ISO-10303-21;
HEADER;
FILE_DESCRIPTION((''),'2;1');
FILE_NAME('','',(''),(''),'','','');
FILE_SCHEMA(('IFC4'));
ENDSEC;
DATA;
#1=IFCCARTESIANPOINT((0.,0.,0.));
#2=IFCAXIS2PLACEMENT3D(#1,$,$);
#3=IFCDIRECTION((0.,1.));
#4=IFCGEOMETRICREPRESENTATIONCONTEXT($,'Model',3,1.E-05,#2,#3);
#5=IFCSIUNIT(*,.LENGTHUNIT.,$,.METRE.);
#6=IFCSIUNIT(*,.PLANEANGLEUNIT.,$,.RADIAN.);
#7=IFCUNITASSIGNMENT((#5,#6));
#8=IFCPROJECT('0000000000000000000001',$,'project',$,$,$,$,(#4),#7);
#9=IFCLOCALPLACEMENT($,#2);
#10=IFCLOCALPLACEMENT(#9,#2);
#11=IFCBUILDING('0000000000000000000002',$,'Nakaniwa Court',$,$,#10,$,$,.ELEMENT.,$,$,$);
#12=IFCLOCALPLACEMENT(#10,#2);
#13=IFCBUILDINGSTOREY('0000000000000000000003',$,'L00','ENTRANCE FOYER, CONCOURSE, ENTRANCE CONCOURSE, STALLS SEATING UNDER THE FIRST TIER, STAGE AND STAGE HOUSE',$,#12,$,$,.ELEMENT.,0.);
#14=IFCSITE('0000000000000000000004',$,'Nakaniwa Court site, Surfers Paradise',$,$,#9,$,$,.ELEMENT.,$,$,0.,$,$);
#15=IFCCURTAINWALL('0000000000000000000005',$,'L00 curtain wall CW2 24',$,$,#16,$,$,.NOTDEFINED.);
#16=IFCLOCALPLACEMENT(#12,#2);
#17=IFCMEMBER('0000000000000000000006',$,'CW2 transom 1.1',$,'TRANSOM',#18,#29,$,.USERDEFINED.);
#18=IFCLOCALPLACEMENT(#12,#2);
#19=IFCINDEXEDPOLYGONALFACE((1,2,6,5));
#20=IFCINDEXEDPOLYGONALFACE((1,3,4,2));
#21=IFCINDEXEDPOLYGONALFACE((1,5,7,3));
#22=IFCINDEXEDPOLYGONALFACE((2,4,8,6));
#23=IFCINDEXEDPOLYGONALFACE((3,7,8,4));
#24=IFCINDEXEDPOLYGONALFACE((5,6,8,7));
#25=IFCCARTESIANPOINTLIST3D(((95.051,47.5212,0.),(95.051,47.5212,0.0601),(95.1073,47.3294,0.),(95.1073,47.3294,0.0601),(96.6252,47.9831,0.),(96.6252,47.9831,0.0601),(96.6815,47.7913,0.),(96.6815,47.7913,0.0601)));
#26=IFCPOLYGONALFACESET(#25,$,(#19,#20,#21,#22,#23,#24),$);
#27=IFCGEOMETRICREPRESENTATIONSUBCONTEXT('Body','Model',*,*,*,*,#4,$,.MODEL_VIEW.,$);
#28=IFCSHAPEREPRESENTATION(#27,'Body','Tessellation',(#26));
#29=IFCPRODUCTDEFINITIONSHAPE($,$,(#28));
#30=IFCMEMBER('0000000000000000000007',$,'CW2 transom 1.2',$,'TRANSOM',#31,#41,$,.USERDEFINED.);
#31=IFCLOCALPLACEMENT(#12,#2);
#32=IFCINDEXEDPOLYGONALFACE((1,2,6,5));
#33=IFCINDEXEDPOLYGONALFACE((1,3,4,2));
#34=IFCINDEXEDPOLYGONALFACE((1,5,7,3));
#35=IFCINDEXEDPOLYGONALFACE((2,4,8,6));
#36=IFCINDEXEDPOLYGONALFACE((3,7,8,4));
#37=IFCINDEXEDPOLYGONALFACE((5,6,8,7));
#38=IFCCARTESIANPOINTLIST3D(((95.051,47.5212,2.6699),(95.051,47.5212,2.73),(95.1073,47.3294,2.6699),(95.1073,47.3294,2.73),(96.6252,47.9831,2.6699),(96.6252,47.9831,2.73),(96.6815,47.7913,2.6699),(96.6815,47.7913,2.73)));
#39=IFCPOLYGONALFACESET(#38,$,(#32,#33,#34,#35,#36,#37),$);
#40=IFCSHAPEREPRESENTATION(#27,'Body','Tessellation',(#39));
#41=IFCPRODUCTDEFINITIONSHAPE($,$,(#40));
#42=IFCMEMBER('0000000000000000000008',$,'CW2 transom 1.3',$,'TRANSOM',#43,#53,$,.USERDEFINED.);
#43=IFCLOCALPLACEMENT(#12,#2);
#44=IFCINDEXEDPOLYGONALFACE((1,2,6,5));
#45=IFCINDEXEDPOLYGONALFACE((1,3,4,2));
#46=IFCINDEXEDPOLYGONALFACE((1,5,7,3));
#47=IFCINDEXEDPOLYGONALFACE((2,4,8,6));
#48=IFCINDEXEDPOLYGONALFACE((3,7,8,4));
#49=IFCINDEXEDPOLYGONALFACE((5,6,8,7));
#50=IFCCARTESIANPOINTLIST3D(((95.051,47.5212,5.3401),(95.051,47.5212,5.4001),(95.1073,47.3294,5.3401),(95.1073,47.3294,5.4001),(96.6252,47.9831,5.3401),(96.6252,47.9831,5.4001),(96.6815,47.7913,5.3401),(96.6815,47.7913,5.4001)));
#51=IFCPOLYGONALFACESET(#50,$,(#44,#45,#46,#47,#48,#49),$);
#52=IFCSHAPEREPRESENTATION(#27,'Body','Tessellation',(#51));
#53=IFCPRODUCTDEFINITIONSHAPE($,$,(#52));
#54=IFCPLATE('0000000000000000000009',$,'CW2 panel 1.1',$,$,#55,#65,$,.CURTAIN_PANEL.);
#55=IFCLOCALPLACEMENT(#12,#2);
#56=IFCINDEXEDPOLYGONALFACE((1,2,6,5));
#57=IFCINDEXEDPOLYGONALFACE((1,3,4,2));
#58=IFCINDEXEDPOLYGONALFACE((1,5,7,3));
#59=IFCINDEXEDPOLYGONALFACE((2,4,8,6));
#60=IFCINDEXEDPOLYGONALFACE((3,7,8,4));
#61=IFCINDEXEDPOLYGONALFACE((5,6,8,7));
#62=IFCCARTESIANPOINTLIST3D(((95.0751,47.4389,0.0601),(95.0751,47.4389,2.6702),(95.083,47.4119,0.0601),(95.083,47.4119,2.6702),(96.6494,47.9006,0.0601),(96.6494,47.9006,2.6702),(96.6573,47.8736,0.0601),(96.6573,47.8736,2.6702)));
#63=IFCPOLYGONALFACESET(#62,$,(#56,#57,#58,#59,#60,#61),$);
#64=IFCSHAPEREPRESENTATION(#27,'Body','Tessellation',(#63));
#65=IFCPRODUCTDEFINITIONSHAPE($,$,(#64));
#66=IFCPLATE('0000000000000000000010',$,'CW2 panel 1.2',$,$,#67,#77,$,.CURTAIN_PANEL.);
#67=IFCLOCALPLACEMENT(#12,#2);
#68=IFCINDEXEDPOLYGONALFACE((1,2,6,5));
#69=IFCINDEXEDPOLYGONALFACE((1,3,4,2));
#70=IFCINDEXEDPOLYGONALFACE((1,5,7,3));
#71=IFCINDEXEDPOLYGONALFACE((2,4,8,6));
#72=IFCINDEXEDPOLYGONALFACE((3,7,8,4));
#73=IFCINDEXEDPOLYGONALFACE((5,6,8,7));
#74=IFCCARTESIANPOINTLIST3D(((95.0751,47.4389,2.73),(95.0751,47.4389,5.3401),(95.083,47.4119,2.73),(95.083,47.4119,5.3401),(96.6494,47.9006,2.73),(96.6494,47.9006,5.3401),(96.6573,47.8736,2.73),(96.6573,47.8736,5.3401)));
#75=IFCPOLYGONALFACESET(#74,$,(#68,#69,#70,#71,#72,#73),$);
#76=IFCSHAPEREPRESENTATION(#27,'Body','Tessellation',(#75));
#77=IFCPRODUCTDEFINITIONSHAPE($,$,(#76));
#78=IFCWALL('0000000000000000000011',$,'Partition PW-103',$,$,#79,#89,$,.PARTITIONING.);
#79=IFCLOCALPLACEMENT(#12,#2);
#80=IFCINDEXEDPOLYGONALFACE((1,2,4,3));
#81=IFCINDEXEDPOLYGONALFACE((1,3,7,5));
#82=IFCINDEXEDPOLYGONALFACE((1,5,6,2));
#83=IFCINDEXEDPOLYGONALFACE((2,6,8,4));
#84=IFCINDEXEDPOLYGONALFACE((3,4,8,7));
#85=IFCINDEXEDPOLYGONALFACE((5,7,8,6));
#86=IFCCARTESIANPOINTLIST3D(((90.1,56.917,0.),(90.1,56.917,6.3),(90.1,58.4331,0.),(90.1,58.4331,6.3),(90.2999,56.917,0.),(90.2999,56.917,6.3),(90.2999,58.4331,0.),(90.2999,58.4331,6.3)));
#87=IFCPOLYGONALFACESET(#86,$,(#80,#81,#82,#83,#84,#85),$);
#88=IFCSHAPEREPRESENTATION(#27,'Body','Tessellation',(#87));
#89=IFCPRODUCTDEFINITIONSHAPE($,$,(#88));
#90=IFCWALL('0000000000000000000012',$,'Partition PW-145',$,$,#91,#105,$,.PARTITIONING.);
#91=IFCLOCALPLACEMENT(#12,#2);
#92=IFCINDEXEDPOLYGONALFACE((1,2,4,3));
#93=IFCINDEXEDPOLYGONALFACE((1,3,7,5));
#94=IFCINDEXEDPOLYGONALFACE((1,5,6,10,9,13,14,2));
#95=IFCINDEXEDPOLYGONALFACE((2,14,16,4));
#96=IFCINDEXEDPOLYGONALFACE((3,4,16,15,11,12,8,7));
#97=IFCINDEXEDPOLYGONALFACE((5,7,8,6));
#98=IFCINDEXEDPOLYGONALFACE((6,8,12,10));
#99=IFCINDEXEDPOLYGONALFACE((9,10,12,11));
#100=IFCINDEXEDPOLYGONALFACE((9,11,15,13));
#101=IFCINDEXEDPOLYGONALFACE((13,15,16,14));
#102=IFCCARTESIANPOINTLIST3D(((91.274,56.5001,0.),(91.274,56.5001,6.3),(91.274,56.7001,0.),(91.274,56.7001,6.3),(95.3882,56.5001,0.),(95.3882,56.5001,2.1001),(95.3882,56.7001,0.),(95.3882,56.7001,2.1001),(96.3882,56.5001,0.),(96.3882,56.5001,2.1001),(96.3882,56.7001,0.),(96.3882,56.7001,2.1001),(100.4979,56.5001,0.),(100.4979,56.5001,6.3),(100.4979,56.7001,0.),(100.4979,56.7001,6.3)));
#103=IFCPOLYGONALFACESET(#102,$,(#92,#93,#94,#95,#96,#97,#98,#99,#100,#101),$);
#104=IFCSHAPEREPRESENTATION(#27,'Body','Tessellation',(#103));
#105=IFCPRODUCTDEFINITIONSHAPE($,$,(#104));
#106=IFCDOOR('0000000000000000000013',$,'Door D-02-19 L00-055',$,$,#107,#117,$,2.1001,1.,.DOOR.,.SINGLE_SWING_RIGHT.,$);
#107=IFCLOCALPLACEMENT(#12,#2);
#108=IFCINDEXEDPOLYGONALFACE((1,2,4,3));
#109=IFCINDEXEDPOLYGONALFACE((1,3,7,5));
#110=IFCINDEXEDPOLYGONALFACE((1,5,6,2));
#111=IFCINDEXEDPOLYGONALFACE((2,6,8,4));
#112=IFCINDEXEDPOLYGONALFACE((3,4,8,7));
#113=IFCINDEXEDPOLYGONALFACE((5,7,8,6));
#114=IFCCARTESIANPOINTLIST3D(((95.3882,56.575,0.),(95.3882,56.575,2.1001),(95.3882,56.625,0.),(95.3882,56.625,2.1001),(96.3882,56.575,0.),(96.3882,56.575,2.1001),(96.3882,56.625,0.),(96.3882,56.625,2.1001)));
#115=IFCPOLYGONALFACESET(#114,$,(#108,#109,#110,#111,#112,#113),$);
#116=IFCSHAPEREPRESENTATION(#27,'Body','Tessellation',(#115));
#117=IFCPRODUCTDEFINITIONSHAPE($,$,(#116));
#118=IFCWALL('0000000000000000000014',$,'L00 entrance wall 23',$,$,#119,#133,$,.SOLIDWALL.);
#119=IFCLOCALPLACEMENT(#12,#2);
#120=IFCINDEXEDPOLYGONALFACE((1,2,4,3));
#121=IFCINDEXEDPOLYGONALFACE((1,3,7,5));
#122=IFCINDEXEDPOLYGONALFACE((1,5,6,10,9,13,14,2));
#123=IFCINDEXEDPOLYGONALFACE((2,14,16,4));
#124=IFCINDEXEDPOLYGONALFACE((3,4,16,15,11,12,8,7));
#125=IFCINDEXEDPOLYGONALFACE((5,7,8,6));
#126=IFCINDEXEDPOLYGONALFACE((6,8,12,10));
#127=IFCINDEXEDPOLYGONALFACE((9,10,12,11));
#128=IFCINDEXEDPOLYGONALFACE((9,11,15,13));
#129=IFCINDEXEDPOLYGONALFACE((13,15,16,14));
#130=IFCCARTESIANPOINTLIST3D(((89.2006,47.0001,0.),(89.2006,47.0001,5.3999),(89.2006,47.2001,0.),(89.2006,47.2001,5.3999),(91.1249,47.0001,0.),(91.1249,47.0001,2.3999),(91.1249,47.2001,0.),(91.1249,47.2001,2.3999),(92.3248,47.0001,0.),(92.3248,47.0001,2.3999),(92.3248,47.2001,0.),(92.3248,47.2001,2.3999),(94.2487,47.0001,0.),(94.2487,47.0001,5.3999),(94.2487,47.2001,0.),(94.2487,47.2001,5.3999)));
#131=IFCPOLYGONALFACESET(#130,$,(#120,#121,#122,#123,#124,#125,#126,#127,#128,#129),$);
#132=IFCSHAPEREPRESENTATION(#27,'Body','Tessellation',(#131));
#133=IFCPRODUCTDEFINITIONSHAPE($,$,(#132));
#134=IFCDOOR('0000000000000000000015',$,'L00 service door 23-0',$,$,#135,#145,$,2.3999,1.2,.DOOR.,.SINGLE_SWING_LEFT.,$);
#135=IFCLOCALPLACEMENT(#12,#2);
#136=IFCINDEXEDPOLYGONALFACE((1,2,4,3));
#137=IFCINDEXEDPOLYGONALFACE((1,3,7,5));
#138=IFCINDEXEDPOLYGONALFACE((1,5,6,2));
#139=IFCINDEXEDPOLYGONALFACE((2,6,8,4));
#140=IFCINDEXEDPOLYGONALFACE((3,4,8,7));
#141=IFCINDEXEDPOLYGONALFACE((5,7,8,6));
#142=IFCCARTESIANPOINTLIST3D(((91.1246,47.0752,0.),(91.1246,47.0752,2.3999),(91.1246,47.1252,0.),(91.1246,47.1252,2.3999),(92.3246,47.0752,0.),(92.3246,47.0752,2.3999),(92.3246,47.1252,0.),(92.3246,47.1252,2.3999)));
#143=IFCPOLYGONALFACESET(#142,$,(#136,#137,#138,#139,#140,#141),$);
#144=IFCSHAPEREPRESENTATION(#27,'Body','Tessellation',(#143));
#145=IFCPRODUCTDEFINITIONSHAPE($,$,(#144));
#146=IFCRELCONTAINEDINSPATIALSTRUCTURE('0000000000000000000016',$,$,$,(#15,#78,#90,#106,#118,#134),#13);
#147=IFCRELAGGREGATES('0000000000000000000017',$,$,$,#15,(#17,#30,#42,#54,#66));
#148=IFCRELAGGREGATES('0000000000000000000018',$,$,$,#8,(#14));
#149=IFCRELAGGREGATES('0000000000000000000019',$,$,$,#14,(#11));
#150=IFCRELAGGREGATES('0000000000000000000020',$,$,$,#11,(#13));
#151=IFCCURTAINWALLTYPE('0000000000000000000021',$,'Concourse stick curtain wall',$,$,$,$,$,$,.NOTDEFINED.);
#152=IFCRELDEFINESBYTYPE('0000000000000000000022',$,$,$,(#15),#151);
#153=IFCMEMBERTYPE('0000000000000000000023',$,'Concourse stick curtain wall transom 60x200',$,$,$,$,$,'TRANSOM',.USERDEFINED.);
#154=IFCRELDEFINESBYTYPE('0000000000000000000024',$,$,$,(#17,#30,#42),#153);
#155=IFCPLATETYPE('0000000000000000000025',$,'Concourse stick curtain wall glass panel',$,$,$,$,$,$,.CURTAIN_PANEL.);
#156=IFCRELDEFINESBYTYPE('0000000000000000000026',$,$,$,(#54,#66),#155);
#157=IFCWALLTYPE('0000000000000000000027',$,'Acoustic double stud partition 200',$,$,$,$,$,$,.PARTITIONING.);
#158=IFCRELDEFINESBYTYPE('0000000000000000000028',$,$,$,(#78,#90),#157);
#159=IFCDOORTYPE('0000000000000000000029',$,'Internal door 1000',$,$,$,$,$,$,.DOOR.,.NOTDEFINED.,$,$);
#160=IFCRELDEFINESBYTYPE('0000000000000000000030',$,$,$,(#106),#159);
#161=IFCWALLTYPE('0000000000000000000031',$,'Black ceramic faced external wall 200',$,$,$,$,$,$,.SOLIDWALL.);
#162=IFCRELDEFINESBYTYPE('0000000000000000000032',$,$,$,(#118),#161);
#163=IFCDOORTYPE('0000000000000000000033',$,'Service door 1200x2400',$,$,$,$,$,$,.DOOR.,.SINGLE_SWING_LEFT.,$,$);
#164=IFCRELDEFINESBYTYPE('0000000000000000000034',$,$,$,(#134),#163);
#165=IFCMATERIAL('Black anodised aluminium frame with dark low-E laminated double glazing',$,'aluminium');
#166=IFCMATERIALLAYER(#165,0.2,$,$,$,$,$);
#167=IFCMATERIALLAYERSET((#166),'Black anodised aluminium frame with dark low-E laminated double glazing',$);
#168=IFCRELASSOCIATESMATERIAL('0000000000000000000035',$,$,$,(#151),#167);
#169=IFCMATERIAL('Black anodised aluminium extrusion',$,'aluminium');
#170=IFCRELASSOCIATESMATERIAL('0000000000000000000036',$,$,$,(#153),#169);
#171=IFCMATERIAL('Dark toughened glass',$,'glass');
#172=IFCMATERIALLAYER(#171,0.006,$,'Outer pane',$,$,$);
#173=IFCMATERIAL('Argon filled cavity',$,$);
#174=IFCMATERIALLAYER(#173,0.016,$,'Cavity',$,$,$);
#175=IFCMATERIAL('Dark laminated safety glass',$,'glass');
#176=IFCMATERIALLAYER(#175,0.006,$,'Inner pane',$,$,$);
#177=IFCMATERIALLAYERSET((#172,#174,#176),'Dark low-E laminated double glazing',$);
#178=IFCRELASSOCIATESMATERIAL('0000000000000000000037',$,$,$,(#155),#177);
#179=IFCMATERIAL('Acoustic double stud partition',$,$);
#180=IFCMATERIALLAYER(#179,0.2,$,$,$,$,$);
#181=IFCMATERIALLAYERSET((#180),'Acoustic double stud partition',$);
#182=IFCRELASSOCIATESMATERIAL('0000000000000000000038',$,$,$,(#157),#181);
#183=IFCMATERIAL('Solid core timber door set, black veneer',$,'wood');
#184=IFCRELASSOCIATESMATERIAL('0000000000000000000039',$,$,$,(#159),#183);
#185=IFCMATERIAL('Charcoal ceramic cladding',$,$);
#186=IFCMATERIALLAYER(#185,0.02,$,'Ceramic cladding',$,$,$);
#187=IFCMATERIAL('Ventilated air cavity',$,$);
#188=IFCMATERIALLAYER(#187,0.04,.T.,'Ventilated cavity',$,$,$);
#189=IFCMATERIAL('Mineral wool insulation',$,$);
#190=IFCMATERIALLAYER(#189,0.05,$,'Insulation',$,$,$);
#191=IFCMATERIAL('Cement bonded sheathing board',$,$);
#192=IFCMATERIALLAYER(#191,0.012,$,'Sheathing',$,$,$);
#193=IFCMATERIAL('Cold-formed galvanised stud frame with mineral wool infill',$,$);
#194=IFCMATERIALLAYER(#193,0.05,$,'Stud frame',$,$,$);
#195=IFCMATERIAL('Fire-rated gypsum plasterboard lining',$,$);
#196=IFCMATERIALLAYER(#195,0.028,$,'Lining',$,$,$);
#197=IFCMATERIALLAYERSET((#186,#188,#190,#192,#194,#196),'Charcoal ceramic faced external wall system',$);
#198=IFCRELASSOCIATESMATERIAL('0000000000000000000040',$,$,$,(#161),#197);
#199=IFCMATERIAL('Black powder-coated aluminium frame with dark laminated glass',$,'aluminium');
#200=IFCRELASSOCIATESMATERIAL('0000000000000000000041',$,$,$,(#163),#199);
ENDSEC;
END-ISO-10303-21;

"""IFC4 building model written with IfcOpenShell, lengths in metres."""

from ifc_helpers import new_model, si_unit, direction, frame, frame_2d, origin, origin_2d, place, context, subcontext, project, spatial, rectangle, extrude, material, layer, layer_set, material_profile, profile_set, type_object, element, fill, aggregate, save


model = new_model("IFC4")

# Units and contexts
model_context = context("Model", 3, precision=1e-05, world=origin(), true_north=direction((0.0, 1.0)))
body_context = subcontext(model_context, "Body", "Model", "MODEL_VIEW")
ifc_project = project(units=[si_unit("LENGTHUNIT", "METRE"), si_unit("PLANEANGLEUNIT", "RADIAN")], contexts=[model_context])

# Site, building, storey
site_placement = place(None, origin())
site = spatial("IfcSite", under=ifc_project, at=site_placement, Name="Nakaniwa Court site, Surfers Paradise", CompositionType="ELEMENT", RefElevation=0.0)
building_placement = place(site_placement, origin())
building = spatial("IfcBuilding", under=site, at=building_placement, Name="Nakaniwa Court", CompositionType="ELEMENT")
storey_placement = place(building_placement, origin())
storey = spatial("IfcBuildingStorey", under=building, at=storey_placement, Name="L00", Description="ENTRANCE FOYER, CONCOURSE, ENTRANCE CONCOURSE, STALLS SEATING UNDER THE FIRST TIER, STAGE AND STAGE HOUSE", CompositionType="ELEMENT", Elevation=0.0)

# Shared definitions
ifc_material_1 = material(Name="Black anodised aluminium frame with dark low-E laminated double glazing", Category="aluminium")
ifc_layer_1 = layer(ifc_material_1, 0.2)
ifc_layer_set_1 = layer_set([ifc_layer_1], Name="Black anodised aluminium frame with dark low-E laminated double glazing")
curtain_wall_type = type_object("IfcCurtainWallType", Name="Concourse stick curtain wall", PredefinedType="NOTDEFINED", material=ifc_layer_set_1)
ifc_material_2 = material(Name="Black anodised aluminium extrusion", Category="aluminium")

# Curtain wall, members, plates
curtain_wall_1_placement = place(storey_placement, origin())
curtain_wall_1 = element("IfcCurtainWall", 1, at=curtain_wall_1_placement, inside=storey, type_object=curtain_wall_type, Name="L00 curtain wall CW2 24", PredefinedType="NOTDEFINED")
ifc_material_profile_1 = material_profile(ifc_material_2, rectangle(XDim=0.2, YDim=0.0601, at=origin_2d()), Name="Concourse stick curtain wall transom 60x200")
ifc_profile_set_1 = profile_set([ifc_material_profile_1], Name="Black anodised aluminium extrusion")
member_type_1 = type_object("IfcMemberType", Name="Concourse stick curtain wall transom 60x200", ElementType="TRANSOM", PredefinedType="USERDEFINED", material=ifc_profile_set_1)
member_1_placement = place(storey_placement, frame((95.0791, 47.4253, 0.03), z_axis=(0.959545, 0.281554, 0.0), x_axis=(-0.281554, 0.959545, 0.0)))
member_1 = element("IfcMember", 2, at=member_1_placement, type_object=member_type_1, Name="CW2 transom 1.1", ObjectType="TRANSOM", PredefinedType="USERDEFINED", context=body_context, shape_type="SweptSolid", body=[
    extrude(rectangle(XDim=0.2, YDim=0.0601, at=origin_2d()), origin(), (0.0, 0.0, 1.0), 1.6406),
])
member_2_placement = place(storey_placement, frame((95.0791, 47.4253, 2.7), z_axis=(0.959545, 0.281554, 0.0), x_axis=(-0.281554, 0.959545, 0.0)))
member_2 = element("IfcMember", 3, at=member_2_placement, type_object=member_type_1, Name="CW2 transom 1.2", ObjectType="TRANSOM", PredefinedType="USERDEFINED", context=body_context, shape_type="SweptSolid", body=[
    extrude(rectangle(XDim=0.2, YDim=0.0601, at=origin_2d()), origin(), (0.0, 0.0, 1.0), 1.6406),
])
member_3_placement = place(storey_placement, frame((95.0791, 47.4253, 5.3701), z_axis=(0.959545, 0.281554, 0.0), x_axis=(-0.281554, 0.959545, 0.0)))
member_3 = element("IfcMember", 4, at=member_3_placement, type_object=member_type_1, Name="CW2 transom 1.3", ObjectType="TRANSOM", PredefinedType="USERDEFINED", context=body_context, shape_type="SweptSolid", body=[
    extrude(rectangle(XDim=0.2, YDim=0.0601, at=origin_2d()), origin(), (0.0, 0.0, 1.0), 1.6406),
])
ifc_material_3 = material(Name="Dark toughened glass", Category="glass")
ifc_layer_2 = layer(ifc_material_3, 0.006, Name="Outer pane")
ifc_material_4 = material(Name="Argon filled cavity")
ifc_layer_3 = layer(ifc_material_4, 0.016, Name="Cavity")
ifc_material_5 = material(Name="Dark laminated safety glass", Category="glass")
ifc_layer_4 = layer(ifc_material_5, 0.006, Name="Inner pane")
ifc_layer_set_2 = layer_set([ifc_layer_2, ifc_layer_3, ifc_layer_4], Name="Dark low-E laminated double glazing")
plate_type = type_object("IfcPlateType", Name="Concourse stick curtain wall glass panel", PredefinedType="CURTAIN_PANEL", material=ifc_layer_set_2)
plate_1_placement = place(storey_placement, frame((95.8662, 47.6562, 0.0601), z_axis=(0.0, 0.0, 1.0), x_axis=(0.959578, 0.281442, 0.0)))
plate_1 = element("IfcPlate", 5, at=plate_1_placement, type_object=plate_type, Name="CW2 panel 1.1", PredefinedType="CURTAIN_PANEL", context=body_context, shape_type="SweptSolid", body=[
    extrude(rectangle(XDim=1.6406, YDim=0.0281, at=origin_2d()), origin(), (0.0, 0.0, 1.0), 2.6101),
])
plate_2_placement = place(storey_placement, frame((95.8662, 47.6562, 2.73), z_axis=(0.0, 0.0, 1.0), x_axis=(0.959578, 0.281442, 0.0)))
plate_2 = element("IfcPlate", 6, at=plate_2_placement, type_object=plate_type, Name="CW2 panel 1.2", PredefinedType="CURTAIN_PANEL", context=body_context, shape_type="SweptSolid", body=[
    extrude(rectangle(XDim=1.6406, YDim=0.0281, at=origin_2d()), origin(), (0.0, 0.0, 1.0), 2.6101),
])
aggregate(curtain_wall_1, [member_1, member_2, member_3, plate_1, plate_2])

# Wall
ifc_material_6 = material(Name="Acoustic double stud partition")
ifc_layer_5 = layer(ifc_material_6, 0.2)
ifc_layer_set_3 = layer_set([ifc_layer_5], Name="Acoustic double stud partition")
wall_type_1 = type_object("IfcWallType", Name="Acoustic double stud partition 200", PredefinedType="PARTITIONING", material=ifc_layer_set_3)
wall_1_placement = place(storey_placement, frame((90.2, 56.917, 0.0), z_axis=(0.0, 0.0, 1.0), x_axis=(0.0, 1.0, 0.0)))
element("IfcWall", 7, at=wall_1_placement, inside=storey, type_object=wall_type_1, Name="Partition PW-103", PredefinedType="PARTITIONING", context=body_context, shape_type="SweptSolid", body=[
    extrude(rectangle(XDim=1.5161, YDim=0.2, at=frame_2d((0.7581, 0.0))), origin(), (0.0, 0.0, 1.0), 6.3),
])

# Walls, openings, doors
wall_2_placement = place(storey_placement, frame((91.2742, 56.6001, 0.0), z_axis=(0.0, 0.0, 1.0), x_axis=(1.0, 0.0, 0.0)))
wall_2 = element("IfcWall", 8, at=wall_2_placement, inside=storey, type_object=wall_type_1, Name="Partition PW-145", PredefinedType="PARTITIONING", context=body_context, shape_type="SweptSolid", body=[
    extrude(rectangle(XDim=9.2239, YDim=0.2, at=frame_2d((4.6118, 0.0))), origin(), (0.0, 0.0, 1.0), 6.3),
])
opening_1_placement = place(wall_2_placement, frame((4.114, 0.0, 0.0)))
opening_1 = element("IfcOpeningElement", 9, at=opening_1_placement, cuts=wall_2, PredefinedType="OPENING", context=body_context, shape_type="SweptSolid", body=[
    extrude(rectangle(XDim=1.0, YDim=2.1001, at=frame_2d((0.5, 1.05))), frame((0.0, 0.1099, 0.0), z_axis=(0.0, -1.0, 0.0), x_axis=(1.0, 0.0, 0.0)), (0.0, 0.0, 1.0), 0.22),
])
ifc_material_7 = material(Name="Solid core timber door set, black veneer", Category="wood")
door_type_1 = type_object("IfcDoorType", Name="Internal door 1000", OperationType="NOTDEFINED", PredefinedType="DOOR", material=ifc_material_7)
door_1_placement = place(opening_1_placement, origin())
door_1 = element("IfcDoor", 10, at=door_1_placement, inside=storey, type_object=door_type_1, Name="Door D-02-19 L00-055", OperationType="SINGLE_SWING_RIGHT", OverallHeight=2.1001, OverallWidth=1.0, PredefinedType="DOOR", context=body_context, shape_type="SweptSolid", body=[
    extrude(rectangle(XDim=1.0, YDim=2.1001, at=frame_2d((0.5, 1.05))), frame((0.0, 0.0249, 0.0), z_axis=(0.0, -1.0, 0.0), x_axis=(1.0, 0.0, 0.0)), (0.0, 0.0, 1.0), 0.05),
])
fill(opening_1, door_1)
ifc_material_8 = material(Name="Charcoal ceramic cladding")
ifc_layer_6 = layer(ifc_material_8, 0.02, Name="Ceramic cladding")
ifc_material_9 = material(Name="Ventilated air cavity")
ifc_layer_7 = layer(ifc_material_9, 0.04, ventilated=True, Name="Ventilated cavity")
ifc_material_10 = material(Name="Mineral wool insulation")
ifc_layer_8 = layer(ifc_material_10, 0.05, Name="Insulation")
ifc_material_11 = material(Name="Cement bonded sheathing board")
ifc_layer_9 = layer(ifc_material_11, 0.012, Name="Sheathing")
ifc_material_12 = material(Name="Cold-formed galvanised stud frame with mineral wool infill")
ifc_layer_10 = layer(ifc_material_12, 0.05, Name="Stud frame")
ifc_material_13 = material(Name="Fire-rated gypsum plasterboard lining")
ifc_layer_11 = layer(ifc_material_13, 0.028, Name="Lining")
ifc_layer_set_4 = layer_set([ifc_layer_6, ifc_layer_7, ifc_layer_8, ifc_layer_9, ifc_layer_10, ifc_layer_11], Name="Charcoal ceramic faced external wall system")
wall_type_2 = type_object("IfcWallType", Name="Black ceramic faced external wall 200", PredefinedType="SOLIDWALL", material=ifc_layer_set_4)
wall_3_placement = place(storey_placement, frame((89.2007, 47.1001, 0.0), z_axis=(0.0, 0.0, 1.0), x_axis=(1.0, 0.0, 0.0)))
wall_3 = element("IfcWall", 11, at=wall_3_placement, inside=storey, type_object=wall_type_2, Name="L00 entrance wall 23", PredefinedType="SOLIDWALL", context=body_context, shape_type="SweptSolid", body=[
    extrude(rectangle(XDim=5.0481, YDim=0.2, at=frame_2d((2.5239, 0.0))), origin(), (0.0, 0.0, 1.0), 5.3999),
])
opening_2_placement = place(wall_3_placement, frame((1.9241, 0.0, 0.0)))
opening_2 = element("IfcOpeningElement", 12, at=opening_2_placement, cuts=wall_3, PredefinedType="OPENING", context=body_context, shape_type="SweptSolid", body=[
    extrude(rectangle(XDim=1.2, YDim=2.3999, at=frame_2d((0.6001, 1.2))), frame((0.0, 0.1099, 0.0), z_axis=(0.0, -1.0, 0.0), x_axis=(1.0, 0.0, 0.0)), (0.0, 0.0, 1.0), 0.22),
])
ifc_material_14 = material(Name="Black powder-coated aluminium frame with dark laminated glass", Category="aluminium")
door_type_2 = type_object("IfcDoorType", Name="Service door 1200x2400", OperationType="SINGLE_SWING_LEFT", PredefinedType="DOOR", material=ifc_material_14)
door_2_placement = place(opening_2_placement, frame((1.2, 0.0, 0.0), z_axis=(0.0, 0.0, 1.0), x_axis=(-1.0, 0.0, 0.0)))
door_2 = element("IfcDoor", 13, at=door_2_placement, inside=storey, type_object=door_type_2, Name="L00 service door 23-0", OperationType="SINGLE_SWING_LEFT", OverallHeight=2.3999, OverallWidth=1.2, PredefinedType="DOOR", context=body_context, shape_type="SweptSolid", body=[
    extrude(rectangle(XDim=1.2, YDim=2.3999, at=frame_2d((0.6001, 1.2))), frame((0.0, 0.0249, 0.0), z_axis=(0.0, -1.0, 0.0), x_axis=(1.0, 0.0, 0.0)), (0.0, 0.0, 1.0), 0.05),
])
fill(opening_2, door_2)

save(model, "model.ifc")
